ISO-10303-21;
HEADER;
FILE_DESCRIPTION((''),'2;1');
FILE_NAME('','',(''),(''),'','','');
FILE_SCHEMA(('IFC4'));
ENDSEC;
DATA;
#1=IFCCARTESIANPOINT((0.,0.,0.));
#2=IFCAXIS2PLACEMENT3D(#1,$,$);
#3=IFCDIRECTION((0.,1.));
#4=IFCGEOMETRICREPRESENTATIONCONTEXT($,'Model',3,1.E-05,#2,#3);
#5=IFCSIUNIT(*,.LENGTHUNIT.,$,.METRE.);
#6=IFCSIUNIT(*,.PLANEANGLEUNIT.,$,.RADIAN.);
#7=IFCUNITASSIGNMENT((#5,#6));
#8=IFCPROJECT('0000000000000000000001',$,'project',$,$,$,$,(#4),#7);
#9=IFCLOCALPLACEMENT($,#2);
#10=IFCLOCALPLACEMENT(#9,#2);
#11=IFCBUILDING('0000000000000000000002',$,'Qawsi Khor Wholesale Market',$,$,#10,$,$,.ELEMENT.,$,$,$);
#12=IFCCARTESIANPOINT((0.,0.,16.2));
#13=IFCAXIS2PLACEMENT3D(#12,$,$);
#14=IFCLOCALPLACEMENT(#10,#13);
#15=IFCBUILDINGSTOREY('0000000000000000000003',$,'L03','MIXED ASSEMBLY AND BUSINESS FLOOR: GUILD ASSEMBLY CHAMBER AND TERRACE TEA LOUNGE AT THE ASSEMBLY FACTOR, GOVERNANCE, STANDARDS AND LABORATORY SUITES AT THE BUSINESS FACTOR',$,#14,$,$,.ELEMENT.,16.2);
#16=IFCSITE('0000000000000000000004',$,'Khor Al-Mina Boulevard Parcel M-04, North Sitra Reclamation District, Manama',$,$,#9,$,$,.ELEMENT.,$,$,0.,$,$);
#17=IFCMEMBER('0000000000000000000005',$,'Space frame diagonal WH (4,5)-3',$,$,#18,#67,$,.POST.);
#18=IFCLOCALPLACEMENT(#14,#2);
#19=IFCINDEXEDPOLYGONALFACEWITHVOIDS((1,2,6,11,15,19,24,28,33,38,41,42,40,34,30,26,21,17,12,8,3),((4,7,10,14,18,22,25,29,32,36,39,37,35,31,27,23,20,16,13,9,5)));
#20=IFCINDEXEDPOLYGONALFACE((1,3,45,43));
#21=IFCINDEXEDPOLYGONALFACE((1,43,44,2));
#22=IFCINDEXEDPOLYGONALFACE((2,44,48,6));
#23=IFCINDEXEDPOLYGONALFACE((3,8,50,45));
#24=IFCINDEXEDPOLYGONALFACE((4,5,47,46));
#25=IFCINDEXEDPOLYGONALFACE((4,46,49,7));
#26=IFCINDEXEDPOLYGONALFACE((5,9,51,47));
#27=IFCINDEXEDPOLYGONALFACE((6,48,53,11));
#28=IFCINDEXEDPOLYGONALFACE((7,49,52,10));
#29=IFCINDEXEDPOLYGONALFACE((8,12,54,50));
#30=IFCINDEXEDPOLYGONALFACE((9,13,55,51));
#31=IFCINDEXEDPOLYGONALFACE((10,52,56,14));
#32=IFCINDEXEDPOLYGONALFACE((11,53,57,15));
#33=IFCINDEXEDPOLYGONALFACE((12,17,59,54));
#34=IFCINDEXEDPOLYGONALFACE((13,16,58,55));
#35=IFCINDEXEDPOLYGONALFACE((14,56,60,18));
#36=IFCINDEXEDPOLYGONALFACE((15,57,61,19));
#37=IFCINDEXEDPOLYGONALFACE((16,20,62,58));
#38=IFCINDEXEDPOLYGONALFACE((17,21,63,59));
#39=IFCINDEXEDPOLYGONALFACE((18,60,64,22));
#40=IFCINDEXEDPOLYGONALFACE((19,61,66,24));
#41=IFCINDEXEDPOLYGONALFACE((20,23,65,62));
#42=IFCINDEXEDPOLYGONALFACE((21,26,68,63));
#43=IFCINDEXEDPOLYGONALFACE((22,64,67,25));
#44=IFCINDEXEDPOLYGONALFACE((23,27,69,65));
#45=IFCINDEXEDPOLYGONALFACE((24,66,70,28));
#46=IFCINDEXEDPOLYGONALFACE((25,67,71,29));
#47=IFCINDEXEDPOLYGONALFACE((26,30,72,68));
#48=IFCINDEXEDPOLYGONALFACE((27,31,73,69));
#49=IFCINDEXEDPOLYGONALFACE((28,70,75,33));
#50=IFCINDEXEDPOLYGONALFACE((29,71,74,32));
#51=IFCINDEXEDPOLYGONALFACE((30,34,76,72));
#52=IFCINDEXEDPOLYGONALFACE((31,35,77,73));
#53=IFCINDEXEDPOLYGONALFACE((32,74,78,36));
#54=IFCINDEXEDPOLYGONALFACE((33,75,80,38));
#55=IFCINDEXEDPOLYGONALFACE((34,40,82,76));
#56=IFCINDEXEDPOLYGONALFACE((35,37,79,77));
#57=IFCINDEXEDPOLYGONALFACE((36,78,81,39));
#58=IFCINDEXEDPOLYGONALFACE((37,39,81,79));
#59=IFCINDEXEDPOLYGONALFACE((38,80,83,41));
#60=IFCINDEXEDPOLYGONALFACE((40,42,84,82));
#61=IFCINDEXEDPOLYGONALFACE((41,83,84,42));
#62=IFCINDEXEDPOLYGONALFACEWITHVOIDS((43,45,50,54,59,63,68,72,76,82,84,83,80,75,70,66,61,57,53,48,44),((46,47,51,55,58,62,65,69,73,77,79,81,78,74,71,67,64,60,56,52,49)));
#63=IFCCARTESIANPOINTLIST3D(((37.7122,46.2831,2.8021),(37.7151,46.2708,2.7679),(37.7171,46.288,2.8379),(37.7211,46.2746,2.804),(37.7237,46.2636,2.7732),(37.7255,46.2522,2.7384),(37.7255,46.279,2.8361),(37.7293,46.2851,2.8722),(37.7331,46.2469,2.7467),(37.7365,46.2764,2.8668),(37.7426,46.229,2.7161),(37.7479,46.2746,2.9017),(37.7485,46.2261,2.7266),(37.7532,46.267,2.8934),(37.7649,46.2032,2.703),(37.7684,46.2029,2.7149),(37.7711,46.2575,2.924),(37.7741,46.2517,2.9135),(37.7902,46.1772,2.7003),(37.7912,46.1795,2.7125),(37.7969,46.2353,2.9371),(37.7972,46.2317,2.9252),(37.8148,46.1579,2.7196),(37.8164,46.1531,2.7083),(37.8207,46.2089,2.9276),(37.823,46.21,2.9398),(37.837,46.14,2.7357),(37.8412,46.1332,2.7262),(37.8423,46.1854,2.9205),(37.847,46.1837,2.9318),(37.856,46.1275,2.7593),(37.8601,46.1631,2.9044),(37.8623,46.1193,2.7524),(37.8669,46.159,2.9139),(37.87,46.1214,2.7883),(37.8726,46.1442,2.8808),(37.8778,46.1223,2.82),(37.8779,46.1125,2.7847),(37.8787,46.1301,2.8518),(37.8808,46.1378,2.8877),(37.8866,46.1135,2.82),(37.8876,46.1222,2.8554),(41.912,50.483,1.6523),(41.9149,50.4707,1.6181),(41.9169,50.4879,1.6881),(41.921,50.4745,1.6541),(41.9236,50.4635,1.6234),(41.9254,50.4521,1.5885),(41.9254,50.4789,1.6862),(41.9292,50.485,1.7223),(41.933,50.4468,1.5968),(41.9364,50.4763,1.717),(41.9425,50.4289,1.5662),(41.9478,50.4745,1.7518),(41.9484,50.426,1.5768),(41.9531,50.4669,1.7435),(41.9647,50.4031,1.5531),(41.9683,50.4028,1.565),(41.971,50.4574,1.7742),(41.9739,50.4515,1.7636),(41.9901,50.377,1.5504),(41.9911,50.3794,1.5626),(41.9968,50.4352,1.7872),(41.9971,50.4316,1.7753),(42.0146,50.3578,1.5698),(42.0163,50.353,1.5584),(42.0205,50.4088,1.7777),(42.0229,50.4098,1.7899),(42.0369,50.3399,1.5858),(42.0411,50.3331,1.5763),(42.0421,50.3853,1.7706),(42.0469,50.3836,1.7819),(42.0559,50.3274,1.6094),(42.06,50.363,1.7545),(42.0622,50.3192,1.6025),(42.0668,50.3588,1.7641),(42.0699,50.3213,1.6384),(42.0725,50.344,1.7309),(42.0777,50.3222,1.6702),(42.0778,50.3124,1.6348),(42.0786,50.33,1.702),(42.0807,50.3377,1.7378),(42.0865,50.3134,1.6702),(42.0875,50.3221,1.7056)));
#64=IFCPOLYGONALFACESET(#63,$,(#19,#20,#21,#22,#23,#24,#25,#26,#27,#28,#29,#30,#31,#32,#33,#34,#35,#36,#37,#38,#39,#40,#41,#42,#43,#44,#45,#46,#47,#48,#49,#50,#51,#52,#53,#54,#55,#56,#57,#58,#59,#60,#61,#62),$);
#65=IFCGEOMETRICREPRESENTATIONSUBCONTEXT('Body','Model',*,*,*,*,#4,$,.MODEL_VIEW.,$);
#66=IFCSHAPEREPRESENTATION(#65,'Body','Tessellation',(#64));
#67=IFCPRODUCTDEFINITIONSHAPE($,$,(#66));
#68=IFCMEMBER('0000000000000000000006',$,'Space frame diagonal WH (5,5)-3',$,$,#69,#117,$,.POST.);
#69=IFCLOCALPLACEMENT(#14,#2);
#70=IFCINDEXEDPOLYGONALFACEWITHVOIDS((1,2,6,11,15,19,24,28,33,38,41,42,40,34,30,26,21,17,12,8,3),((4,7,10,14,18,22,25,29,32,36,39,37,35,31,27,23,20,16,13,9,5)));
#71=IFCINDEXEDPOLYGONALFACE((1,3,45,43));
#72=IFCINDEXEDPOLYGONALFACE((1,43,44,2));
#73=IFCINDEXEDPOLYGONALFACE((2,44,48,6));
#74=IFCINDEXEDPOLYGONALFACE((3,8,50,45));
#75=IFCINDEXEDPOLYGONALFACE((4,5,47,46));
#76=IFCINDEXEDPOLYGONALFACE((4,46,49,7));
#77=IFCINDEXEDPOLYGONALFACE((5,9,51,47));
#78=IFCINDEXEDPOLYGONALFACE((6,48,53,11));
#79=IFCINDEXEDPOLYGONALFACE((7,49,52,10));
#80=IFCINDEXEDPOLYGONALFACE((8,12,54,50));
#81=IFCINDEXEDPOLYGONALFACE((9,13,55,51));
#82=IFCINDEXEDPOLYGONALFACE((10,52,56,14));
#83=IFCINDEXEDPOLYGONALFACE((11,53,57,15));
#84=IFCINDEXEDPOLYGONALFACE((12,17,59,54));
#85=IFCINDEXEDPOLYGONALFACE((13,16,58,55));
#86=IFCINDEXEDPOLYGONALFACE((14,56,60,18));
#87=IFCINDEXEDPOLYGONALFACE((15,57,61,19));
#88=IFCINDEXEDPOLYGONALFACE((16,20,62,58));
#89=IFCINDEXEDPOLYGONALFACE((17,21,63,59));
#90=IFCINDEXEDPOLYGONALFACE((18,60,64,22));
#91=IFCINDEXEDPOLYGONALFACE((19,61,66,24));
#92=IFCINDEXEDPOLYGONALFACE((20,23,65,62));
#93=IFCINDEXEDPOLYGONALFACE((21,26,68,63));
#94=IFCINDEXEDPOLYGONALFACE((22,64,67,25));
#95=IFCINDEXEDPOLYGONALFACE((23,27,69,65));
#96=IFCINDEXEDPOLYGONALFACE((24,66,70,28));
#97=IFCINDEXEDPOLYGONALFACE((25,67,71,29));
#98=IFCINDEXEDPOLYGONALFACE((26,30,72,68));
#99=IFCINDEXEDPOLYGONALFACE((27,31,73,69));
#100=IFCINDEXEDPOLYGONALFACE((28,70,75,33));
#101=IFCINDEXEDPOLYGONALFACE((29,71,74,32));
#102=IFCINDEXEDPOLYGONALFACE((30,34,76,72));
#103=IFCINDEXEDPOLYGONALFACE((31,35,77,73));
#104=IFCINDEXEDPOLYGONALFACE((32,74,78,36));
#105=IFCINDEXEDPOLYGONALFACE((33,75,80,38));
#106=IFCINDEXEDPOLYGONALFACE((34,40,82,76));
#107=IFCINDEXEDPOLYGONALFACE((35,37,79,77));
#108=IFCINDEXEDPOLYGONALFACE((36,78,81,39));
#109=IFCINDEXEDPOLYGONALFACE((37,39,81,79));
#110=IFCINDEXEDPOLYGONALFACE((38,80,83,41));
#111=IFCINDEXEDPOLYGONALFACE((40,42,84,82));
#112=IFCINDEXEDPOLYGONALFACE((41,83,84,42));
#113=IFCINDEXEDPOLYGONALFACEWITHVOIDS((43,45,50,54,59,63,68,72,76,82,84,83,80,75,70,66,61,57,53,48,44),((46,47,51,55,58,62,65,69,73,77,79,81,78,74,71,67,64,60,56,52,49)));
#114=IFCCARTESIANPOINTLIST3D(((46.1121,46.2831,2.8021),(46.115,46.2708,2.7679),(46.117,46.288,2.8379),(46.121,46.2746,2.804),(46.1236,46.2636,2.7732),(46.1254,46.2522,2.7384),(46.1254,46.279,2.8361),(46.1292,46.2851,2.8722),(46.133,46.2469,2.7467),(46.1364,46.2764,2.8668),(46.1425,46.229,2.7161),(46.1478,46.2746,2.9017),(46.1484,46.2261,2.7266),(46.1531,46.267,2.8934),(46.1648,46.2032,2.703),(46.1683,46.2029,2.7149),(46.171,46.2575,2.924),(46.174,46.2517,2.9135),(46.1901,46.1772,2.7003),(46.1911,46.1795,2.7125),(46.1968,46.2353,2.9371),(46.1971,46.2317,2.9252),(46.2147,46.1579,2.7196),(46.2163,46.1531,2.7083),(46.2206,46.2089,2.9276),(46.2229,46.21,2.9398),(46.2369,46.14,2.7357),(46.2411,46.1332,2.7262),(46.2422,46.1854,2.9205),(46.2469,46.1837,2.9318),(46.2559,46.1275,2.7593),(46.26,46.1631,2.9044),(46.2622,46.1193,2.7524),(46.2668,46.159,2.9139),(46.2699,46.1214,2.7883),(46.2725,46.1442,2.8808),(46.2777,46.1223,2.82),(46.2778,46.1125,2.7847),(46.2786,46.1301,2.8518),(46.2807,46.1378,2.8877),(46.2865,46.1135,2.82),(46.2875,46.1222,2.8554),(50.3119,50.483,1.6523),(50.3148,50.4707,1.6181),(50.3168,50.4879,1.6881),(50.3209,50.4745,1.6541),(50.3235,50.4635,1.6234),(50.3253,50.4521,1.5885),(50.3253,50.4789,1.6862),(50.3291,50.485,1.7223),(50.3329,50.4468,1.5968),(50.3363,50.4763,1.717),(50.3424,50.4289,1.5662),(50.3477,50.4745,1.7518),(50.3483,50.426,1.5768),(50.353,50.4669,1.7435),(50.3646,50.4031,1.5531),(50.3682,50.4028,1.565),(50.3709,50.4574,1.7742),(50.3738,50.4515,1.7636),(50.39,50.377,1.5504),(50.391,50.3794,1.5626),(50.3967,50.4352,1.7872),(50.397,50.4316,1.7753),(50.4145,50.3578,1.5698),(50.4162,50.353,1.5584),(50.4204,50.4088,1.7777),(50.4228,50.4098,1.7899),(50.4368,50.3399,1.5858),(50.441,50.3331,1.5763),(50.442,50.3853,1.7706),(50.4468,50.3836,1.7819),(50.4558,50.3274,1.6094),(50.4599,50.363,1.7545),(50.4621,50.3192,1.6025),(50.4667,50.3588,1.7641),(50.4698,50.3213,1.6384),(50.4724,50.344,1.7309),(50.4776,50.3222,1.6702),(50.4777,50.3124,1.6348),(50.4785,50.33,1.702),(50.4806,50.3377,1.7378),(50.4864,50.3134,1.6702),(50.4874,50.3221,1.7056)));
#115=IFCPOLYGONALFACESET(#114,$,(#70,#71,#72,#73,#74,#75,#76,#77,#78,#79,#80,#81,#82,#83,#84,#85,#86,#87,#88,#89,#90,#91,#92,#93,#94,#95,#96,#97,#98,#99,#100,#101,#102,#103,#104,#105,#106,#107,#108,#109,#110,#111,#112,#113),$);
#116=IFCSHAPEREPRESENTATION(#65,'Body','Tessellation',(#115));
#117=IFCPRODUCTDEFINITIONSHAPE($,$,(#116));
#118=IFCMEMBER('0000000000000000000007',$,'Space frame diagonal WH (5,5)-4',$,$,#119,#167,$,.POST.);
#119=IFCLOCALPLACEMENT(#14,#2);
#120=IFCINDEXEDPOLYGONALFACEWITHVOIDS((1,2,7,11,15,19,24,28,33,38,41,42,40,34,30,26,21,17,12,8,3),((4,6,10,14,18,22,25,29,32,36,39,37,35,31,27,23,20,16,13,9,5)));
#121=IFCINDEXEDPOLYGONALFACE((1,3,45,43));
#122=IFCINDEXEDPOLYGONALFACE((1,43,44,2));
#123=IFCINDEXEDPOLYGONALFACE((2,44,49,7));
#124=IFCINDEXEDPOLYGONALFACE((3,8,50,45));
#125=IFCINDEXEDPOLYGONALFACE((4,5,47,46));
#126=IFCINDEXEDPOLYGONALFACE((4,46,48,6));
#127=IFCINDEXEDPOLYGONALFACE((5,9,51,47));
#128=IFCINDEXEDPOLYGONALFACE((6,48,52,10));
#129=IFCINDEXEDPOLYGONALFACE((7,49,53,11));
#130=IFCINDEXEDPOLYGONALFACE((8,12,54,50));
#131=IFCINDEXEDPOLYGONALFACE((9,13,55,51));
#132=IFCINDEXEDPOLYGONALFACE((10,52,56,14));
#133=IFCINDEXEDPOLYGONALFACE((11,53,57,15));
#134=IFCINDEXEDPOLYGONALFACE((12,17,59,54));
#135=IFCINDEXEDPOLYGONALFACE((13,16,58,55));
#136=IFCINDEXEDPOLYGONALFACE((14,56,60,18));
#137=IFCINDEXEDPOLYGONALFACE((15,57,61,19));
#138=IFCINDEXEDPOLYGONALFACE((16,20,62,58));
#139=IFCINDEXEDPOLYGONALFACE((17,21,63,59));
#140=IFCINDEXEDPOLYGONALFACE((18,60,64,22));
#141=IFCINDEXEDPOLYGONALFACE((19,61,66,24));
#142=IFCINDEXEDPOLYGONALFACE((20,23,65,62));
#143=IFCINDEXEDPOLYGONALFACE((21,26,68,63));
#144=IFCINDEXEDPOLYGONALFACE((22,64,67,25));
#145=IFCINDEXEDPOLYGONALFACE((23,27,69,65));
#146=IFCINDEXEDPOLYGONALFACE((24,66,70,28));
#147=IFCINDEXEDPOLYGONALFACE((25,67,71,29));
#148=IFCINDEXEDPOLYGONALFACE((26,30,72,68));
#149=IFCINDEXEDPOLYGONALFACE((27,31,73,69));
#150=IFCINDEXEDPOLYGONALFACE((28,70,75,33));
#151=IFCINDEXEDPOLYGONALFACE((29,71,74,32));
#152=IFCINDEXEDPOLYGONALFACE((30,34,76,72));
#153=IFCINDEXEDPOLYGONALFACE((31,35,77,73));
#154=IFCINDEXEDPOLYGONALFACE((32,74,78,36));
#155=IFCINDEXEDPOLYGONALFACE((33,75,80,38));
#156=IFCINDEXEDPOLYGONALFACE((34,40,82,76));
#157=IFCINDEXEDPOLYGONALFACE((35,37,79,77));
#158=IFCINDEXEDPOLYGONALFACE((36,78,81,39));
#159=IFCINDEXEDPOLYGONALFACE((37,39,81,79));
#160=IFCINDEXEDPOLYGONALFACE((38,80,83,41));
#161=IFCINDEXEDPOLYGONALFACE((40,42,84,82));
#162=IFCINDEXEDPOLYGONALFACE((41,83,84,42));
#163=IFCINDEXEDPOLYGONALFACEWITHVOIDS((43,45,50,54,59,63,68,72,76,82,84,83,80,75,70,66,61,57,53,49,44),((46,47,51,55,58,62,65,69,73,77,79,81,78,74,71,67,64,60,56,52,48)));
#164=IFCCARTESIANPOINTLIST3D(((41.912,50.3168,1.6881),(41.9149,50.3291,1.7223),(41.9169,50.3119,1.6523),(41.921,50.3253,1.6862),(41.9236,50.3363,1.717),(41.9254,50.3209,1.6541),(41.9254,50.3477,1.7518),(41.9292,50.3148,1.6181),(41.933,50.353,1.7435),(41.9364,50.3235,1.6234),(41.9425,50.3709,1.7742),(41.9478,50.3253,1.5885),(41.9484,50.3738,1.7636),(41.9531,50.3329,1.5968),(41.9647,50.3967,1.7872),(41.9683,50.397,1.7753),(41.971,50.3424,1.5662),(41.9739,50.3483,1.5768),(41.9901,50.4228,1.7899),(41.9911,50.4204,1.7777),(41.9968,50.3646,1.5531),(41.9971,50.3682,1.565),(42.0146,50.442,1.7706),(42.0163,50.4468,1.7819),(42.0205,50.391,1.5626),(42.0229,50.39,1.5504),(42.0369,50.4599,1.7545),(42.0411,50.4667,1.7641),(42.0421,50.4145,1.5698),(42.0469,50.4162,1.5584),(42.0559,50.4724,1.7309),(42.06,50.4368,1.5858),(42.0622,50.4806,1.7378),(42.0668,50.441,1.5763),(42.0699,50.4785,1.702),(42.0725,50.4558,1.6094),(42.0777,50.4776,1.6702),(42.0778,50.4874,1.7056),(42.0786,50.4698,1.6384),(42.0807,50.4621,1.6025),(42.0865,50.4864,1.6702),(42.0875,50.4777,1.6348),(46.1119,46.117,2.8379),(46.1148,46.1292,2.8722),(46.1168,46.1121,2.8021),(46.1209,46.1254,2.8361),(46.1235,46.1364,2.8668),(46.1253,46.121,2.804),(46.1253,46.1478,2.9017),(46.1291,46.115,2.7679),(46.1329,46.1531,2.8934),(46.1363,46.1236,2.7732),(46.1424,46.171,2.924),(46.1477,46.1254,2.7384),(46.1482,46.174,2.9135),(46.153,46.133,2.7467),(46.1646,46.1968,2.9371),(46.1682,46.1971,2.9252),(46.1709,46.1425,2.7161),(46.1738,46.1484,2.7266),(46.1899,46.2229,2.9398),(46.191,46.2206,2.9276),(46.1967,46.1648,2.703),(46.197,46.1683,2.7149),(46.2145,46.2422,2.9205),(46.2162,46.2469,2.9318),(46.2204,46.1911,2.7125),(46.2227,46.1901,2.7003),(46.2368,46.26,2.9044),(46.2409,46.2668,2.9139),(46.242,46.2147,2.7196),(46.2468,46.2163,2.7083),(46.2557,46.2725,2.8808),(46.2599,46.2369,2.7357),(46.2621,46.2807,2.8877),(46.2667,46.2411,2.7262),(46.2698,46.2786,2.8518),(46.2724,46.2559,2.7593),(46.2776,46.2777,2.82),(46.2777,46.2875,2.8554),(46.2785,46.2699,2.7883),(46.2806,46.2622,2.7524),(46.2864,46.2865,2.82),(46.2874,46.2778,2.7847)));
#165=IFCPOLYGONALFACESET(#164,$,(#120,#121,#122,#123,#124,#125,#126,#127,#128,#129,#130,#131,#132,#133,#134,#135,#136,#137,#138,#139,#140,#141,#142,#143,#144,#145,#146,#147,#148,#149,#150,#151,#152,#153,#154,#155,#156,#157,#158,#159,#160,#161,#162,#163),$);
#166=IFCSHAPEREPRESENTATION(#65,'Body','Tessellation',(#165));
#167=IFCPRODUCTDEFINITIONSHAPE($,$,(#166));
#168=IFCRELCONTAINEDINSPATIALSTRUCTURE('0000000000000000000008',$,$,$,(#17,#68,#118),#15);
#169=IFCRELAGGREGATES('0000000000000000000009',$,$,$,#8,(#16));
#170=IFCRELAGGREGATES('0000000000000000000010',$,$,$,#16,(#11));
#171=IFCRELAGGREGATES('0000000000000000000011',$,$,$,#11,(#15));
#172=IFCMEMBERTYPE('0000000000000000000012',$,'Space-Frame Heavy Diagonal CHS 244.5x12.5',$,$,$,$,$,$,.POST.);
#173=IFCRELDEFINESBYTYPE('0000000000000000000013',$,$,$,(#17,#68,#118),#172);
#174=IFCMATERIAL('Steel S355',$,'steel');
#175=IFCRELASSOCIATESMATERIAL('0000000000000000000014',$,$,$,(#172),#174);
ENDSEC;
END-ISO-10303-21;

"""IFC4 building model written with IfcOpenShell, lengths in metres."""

from ifc_helpers import new_model, si_unit, direction, frame, origin, origin_2d, place, context, subcontext, project, spatial, hollow_circle, extrude, material, material_profile, profile_set, type_object, element, save


model = new_model("IFC4")

# Units and contexts
model_context = context("Model", 3, precision=1e-05, world=origin(), true_north=direction((0.0, 1.0)))
body_context = subcontext(model_context, "Body", "Model", "MODEL_VIEW")
ifc_project = project(units=[si_unit("LENGTHUNIT", "METRE"), si_unit("PLANEANGLEUNIT", "RADIAN")], contexts=[model_context])

# Site, building, storey
site_placement = place(None, origin())
site = spatial("IfcSite", under=ifc_project, at=site_placement, Name="Khor Al-Mina Boulevard Parcel M-04, North Sitra Reclamation District, Manama", CompositionType="ELEMENT", RefElevation=0.0)
building_placement = place(site_placement, origin())
building = spatial("IfcBuilding", under=site, at=building_placement, Name="Qawsi Khor Wholesale Market", CompositionType="ELEMENT")
storey_placement = place(building_placement, frame((0.0, 0.0, 16.2)))
storey = spatial("IfcBuildingStorey", under=building, at=storey_placement, Name="L03", Description="MIXED ASSEMBLY AND BUSINESS FLOOR: GUILD ASSEMBLY CHAMBER AND TERRACE TEA LOUNGE AT THE ASSEMBLY FACTOR, GOVERNANCE, STANDARDS AND LABORATORY SUITES AT THE BUSINESS FACTOR", CompositionType="ELEMENT", Elevation=16.2)

# Members
ifc_material_1 = material(Name="Steel S355", Category="steel")
ifc_material_profile_1 = material_profile(ifc_material_1, hollow_circle(Radius=0.1223, WallThickness=0.0125, at=origin_2d()), Name="CHS 244.5x12.5")
ifc_profile_set_1 = profile_set([ifc_material_profile_1], Name="Steel S355")
member_type_1 = type_object("IfcMemberType", Name="Space-Frame Heavy Diagonal CHS 244.5x12.5", PredefinedType="POST", material=ifc_profile_set_1)
for number, where, z_axis, x_axis, name in (
    (1, (42.0, 50.3999, 1.6702), (-0.694217, -0.694217, 0.190069), (0.707107, -0.707107, 0.0), "Space frame diagonal WH (4,5)-3"),
    (2, (50.3999, 50.3999, 1.6702), (-0.694217, -0.694217, 0.190069), (0.707107, -0.707107, 0.0), "Space frame diagonal WH (5,5)-3"),
    (3, (42.0, 50.3999, 1.6702), (0.694217, -0.694217, 0.190069), (0.707107, 0.707107, 0.0), "Space frame diagonal WH (5,5)-4"),
):
    element("IfcMember", number, at=place(storey_placement, frame(where, z_axis=z_axis, x_axis=x_axis)), inside=storey, type_object=member_type_1, Name=name, PredefinedType="POST", context=body_context, shape_type="SweptSolid", body=[
        extrude(hollow_circle(Radius=0.1223, WallThickness=0.0125, at=origin_2d()), origin(), (0.0, 0.0, 1.0), 6.0498),
    ])

save(model, "model.ifc")
